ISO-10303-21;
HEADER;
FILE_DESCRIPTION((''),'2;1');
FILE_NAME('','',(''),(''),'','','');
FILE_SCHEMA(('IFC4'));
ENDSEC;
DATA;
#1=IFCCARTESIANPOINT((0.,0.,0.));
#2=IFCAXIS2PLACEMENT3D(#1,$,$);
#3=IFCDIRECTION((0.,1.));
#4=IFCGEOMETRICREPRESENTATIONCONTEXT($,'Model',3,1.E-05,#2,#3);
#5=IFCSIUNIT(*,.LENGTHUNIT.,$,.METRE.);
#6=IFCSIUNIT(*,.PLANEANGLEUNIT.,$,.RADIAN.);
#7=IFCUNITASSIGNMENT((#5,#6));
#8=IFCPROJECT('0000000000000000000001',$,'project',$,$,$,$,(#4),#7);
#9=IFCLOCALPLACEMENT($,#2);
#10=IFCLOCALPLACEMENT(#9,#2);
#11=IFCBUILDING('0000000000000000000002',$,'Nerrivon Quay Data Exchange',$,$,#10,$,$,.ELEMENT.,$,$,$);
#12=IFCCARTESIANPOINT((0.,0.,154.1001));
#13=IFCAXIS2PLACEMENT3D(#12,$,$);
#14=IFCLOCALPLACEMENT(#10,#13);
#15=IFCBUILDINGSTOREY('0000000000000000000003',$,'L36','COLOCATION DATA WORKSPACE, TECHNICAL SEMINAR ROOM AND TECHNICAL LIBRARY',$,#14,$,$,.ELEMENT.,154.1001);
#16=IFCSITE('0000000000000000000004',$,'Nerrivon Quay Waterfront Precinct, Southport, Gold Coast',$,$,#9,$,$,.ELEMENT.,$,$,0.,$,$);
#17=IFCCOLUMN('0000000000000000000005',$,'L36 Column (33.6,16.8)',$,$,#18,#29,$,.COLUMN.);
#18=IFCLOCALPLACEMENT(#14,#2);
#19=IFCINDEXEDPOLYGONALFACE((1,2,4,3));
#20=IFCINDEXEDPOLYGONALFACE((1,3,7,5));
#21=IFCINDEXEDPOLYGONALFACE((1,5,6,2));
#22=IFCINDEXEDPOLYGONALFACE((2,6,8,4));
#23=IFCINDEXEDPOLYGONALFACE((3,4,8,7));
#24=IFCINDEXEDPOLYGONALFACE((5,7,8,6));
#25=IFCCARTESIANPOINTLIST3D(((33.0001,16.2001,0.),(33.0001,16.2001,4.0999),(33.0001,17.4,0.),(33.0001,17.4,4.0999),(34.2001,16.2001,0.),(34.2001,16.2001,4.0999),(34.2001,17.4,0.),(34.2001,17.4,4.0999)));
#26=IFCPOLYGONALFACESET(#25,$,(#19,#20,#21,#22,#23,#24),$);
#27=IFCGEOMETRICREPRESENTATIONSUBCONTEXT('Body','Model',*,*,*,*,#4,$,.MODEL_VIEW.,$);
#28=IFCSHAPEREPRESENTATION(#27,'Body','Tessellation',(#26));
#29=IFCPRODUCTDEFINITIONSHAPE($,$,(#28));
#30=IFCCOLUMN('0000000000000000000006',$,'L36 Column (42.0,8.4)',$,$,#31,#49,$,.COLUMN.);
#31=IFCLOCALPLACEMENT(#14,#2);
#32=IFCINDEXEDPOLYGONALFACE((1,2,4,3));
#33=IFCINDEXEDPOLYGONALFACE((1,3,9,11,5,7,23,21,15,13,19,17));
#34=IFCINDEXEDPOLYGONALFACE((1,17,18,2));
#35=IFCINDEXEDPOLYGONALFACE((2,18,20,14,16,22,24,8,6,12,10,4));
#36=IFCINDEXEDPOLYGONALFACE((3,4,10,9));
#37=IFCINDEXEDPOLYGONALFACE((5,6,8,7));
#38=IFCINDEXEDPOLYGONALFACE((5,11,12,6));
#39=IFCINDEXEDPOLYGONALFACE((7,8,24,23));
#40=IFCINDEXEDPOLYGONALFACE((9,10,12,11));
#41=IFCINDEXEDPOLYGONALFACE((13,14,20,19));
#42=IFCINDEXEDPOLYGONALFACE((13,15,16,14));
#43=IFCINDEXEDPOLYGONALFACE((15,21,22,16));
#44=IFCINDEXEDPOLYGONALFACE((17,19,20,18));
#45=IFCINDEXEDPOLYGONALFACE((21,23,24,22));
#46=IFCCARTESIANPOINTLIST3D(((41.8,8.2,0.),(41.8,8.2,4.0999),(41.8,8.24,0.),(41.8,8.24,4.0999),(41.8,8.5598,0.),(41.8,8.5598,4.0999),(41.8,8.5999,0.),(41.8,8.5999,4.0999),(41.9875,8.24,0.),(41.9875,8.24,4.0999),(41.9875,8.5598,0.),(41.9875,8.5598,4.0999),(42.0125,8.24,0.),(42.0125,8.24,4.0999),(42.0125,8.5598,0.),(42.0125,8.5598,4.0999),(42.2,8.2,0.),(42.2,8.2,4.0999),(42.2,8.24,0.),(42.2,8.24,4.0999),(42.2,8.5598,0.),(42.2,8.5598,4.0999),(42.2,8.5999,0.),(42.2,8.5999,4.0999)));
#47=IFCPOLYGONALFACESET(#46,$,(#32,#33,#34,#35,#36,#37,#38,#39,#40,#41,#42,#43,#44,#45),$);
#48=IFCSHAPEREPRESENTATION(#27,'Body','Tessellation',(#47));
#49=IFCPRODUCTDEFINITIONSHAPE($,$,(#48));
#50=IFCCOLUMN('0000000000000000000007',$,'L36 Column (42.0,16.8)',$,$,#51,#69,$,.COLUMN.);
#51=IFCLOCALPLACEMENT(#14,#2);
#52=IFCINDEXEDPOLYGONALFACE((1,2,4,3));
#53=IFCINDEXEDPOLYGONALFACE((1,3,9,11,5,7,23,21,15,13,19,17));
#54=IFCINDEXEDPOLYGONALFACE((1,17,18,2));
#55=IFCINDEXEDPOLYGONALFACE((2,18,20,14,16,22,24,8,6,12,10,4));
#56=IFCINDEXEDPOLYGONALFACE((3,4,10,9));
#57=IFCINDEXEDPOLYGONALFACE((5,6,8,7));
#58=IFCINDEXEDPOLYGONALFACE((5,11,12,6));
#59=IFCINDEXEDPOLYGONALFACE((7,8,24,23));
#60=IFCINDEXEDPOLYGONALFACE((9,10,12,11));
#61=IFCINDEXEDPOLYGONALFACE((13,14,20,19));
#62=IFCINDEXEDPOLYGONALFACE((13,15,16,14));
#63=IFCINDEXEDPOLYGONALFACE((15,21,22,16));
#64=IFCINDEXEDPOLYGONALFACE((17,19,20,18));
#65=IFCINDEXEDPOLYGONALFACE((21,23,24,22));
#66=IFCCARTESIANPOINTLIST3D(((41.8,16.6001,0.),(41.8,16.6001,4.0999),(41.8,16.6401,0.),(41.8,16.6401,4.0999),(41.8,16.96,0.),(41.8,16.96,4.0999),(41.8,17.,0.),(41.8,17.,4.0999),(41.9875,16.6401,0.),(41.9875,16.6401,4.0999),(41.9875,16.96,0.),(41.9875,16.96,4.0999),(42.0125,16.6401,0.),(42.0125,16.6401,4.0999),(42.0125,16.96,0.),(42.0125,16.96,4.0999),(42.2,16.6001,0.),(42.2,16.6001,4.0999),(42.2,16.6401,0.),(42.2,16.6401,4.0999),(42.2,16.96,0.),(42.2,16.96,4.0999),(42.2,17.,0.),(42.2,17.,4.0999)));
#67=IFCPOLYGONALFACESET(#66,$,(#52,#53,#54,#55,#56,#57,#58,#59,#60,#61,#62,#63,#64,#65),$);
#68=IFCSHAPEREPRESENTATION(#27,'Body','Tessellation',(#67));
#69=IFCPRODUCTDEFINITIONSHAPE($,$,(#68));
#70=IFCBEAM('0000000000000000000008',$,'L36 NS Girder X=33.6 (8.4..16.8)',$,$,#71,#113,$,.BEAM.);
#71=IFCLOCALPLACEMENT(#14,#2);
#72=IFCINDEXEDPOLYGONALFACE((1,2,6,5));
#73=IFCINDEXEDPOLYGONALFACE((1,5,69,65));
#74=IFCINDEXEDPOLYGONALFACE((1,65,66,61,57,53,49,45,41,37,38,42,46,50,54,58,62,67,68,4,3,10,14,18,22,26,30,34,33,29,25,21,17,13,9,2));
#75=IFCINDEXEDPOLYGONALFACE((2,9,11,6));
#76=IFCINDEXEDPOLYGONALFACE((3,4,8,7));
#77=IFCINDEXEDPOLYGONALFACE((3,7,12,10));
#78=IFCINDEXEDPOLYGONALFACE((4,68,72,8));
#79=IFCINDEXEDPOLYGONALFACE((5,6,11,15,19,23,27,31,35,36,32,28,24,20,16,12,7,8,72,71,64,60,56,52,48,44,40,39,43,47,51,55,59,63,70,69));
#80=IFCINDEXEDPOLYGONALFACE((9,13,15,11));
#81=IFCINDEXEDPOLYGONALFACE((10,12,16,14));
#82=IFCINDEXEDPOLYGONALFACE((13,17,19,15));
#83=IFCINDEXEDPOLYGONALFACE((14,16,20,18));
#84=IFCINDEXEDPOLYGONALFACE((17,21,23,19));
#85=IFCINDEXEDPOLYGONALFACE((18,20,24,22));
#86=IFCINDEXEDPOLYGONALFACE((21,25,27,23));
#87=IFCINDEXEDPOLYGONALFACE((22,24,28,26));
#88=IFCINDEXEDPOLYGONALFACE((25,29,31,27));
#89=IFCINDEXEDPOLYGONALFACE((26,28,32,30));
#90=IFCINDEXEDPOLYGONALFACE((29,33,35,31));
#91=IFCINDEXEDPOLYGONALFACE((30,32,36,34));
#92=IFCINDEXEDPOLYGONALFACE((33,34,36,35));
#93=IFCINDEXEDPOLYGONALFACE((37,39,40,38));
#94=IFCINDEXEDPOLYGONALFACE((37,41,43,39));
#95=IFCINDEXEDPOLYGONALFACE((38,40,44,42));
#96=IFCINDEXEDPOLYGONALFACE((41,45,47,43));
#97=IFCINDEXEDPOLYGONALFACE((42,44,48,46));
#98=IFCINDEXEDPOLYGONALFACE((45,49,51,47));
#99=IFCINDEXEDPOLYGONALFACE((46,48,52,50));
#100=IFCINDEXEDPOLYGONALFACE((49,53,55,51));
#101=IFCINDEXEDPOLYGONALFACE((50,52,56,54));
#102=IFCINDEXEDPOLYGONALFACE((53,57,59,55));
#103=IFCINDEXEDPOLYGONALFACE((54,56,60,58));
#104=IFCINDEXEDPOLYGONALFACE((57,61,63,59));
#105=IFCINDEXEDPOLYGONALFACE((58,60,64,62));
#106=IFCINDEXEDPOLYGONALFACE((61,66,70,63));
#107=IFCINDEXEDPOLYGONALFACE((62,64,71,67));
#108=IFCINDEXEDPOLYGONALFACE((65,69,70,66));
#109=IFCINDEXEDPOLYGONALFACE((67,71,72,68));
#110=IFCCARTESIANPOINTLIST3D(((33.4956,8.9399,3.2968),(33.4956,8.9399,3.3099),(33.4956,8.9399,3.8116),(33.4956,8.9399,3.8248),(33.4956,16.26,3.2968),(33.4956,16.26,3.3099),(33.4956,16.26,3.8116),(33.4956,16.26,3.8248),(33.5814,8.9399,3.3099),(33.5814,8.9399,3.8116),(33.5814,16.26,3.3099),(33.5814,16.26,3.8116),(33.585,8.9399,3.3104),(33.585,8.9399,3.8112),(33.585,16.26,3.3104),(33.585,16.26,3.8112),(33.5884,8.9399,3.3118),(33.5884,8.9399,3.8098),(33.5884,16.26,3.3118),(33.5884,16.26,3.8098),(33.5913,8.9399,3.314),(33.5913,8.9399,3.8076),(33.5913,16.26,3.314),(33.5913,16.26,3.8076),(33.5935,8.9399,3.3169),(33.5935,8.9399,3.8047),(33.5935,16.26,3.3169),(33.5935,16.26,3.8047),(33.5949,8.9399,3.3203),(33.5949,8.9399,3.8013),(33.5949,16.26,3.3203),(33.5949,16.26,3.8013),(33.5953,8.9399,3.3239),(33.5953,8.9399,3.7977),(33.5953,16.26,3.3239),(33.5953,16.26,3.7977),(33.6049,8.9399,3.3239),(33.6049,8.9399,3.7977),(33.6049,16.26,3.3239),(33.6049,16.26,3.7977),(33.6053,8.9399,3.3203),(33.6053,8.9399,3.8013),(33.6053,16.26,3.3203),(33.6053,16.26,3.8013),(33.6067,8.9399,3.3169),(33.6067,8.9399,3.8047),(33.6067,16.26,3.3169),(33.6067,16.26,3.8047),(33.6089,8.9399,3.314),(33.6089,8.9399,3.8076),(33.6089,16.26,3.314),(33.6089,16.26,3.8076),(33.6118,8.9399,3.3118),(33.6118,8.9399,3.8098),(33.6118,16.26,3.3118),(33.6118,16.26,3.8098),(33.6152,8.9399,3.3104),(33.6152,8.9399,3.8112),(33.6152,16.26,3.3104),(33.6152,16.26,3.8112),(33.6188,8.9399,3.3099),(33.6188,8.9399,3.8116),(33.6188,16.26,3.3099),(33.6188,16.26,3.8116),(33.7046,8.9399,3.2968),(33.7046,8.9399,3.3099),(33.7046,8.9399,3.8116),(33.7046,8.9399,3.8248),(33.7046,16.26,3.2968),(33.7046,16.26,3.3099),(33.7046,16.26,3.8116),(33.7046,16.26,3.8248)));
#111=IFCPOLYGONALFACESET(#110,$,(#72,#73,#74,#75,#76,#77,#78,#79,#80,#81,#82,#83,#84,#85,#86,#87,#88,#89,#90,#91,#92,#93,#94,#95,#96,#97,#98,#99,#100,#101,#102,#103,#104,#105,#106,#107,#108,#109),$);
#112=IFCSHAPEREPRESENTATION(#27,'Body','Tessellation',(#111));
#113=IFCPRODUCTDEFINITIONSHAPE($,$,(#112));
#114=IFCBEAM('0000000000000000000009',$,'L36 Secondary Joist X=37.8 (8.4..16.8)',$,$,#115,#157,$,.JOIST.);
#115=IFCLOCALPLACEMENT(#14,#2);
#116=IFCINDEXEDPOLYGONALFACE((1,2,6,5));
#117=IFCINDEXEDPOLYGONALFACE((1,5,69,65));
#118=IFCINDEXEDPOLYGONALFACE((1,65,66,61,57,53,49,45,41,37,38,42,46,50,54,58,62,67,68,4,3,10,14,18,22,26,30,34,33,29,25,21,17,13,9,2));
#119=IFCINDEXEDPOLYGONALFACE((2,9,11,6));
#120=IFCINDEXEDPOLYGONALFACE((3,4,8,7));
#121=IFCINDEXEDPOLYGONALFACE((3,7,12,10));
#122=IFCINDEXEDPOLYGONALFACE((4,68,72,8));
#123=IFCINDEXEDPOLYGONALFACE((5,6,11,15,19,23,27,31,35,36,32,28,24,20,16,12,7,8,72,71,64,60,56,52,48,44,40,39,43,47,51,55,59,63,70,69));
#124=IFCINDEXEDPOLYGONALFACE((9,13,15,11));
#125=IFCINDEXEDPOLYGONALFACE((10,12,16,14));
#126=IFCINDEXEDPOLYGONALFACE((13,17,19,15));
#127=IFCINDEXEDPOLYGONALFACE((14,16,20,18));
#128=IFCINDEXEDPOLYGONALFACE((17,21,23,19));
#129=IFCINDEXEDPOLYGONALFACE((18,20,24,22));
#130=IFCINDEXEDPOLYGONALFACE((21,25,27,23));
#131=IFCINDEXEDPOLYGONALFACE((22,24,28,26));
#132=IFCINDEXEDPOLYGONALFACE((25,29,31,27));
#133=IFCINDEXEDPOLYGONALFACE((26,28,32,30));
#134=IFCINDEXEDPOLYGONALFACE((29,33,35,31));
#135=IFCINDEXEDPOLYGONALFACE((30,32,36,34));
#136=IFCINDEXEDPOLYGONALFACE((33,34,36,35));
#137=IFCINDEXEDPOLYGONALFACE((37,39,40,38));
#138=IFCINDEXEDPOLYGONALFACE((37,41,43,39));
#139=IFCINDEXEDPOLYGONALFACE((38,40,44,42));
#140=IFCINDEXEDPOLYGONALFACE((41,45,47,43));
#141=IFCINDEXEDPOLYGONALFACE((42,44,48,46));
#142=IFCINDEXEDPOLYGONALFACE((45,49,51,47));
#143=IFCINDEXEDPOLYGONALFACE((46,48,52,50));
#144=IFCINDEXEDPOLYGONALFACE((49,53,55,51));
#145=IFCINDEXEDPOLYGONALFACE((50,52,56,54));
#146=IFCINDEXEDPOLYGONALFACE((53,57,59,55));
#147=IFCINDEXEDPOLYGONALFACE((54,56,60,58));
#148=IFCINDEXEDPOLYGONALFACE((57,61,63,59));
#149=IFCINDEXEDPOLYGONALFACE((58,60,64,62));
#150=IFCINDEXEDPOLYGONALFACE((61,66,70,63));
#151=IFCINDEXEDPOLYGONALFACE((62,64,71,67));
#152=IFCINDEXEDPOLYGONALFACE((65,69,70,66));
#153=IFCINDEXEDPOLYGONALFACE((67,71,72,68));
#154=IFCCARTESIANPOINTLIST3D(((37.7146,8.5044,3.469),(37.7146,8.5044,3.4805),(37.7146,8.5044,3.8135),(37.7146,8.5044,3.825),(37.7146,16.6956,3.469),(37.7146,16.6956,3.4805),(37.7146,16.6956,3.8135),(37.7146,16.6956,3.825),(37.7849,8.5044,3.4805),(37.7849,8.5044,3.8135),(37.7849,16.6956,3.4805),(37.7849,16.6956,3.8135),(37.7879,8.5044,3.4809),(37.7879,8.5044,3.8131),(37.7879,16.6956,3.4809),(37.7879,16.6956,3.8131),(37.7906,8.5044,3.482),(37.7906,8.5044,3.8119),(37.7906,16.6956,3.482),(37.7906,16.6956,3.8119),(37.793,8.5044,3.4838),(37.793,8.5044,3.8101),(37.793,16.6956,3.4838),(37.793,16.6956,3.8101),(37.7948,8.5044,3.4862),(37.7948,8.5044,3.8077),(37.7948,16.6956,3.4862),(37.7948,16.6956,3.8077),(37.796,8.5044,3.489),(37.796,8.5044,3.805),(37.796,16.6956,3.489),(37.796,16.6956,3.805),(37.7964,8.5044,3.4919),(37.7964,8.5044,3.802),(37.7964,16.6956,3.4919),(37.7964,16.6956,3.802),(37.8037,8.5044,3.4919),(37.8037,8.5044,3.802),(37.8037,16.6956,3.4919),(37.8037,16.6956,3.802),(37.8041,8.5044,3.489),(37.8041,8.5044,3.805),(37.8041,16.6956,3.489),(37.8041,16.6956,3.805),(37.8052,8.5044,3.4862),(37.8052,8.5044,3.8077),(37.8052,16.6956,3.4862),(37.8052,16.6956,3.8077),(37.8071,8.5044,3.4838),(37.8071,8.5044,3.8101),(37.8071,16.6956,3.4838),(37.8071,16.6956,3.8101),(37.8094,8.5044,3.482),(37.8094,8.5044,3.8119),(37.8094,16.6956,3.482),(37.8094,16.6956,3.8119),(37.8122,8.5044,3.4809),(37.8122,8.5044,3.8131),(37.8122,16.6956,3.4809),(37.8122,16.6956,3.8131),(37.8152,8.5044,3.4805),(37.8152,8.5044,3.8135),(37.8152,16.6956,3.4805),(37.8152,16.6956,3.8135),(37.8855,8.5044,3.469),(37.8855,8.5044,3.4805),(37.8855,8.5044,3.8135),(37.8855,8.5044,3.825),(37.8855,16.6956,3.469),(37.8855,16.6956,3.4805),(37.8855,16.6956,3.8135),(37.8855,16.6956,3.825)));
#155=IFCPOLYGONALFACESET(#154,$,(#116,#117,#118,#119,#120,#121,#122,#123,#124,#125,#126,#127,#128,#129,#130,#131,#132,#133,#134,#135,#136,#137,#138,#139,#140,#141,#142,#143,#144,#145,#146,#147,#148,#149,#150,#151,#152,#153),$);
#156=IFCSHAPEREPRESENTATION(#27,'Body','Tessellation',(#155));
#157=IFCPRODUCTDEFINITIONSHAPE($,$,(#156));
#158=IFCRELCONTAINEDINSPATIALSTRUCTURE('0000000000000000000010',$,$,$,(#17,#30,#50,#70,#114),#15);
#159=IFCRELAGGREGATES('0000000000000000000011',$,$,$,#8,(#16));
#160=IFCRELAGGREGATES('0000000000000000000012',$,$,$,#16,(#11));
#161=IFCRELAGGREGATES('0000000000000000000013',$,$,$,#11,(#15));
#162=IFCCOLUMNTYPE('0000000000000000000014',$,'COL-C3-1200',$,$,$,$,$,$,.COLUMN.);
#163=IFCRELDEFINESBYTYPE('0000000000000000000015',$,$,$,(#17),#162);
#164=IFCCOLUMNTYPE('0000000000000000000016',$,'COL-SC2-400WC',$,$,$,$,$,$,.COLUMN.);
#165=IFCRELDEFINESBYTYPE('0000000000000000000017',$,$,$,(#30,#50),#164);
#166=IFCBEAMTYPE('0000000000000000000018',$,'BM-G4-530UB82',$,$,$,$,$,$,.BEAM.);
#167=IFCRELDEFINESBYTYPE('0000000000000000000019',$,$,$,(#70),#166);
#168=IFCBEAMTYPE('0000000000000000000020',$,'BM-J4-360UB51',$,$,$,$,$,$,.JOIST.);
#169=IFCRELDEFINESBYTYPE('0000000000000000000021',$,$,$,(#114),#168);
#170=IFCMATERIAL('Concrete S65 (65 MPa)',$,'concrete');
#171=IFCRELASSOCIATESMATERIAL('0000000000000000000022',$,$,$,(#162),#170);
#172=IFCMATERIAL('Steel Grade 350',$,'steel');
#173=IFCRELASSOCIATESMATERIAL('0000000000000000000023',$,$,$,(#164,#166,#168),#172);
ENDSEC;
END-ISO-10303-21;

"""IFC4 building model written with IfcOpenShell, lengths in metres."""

from ifc_helpers import new_model, si_unit, direction, frame, origin, origin_2d, place, context, subcontext, project, spatial, rectangle, i_section, extrude, material, material_profile, profile_set, type_object, element, save


model = new_model("IFC4")

# Units and contexts
model_context = context("Model", 3, precision=1e-05, world=origin(), true_north=direction((0.0, 1.0)))
body_context = subcontext(model_context, "Body", "Model", "MODEL_VIEW")
ifc_project = project(units=[si_unit("LENGTHUNIT", "METRE"), si_unit("PLANEANGLEUNIT", "RADIAN")], contexts=[model_context])

# Site, building, storey
site_placement = place(None, origin())
site = spatial("IfcSite", under=ifc_project, at=site_placement, Name="Nerrivon Quay Waterfront Precinct, Southport, Gold Coast", CompositionType="ELEMENT", RefElevation=0.0)
building_placement = place(site_placement, origin())
building = spatial("IfcBuilding", under=site, at=building_placement, Name="Nerrivon Quay Data Exchange", CompositionType="ELEMENT")
storey_placement = place(building_placement, frame((0.0, 0.0, 154.1001)))
storey = spatial("IfcBuildingStorey", under=building, at=storey_placement, Name="L36", Description="COLOCATION DATA WORKSPACE, TECHNICAL SEMINAR ROOM AND TECHNICAL LIBRARY", CompositionType="ELEMENT", Elevation=154.1001)

# Columns
ifc_material_1 = material(Name="Concrete S65 (65 MPa)", Category="concrete")
ifc_material_profile_1 = material_profile(ifc_material_1, rectangle(XDim=1.2, YDim=1.2, at=origin_2d()), Name="RC-COL-1200x1200")
ifc_profile_set_1 = profile_set([ifc_material_profile_1], Name="Concrete S65 (65 MPa)")
column_type_1 = type_object("IfcColumnType", Name="COL-C3-1200", PredefinedType="COLUMN", material=ifc_profile_set_1)
column_placement = place(storey_placement, frame((33.6001, 16.8, 0.0), z_axis=(0.0, 0.0, 1.0), x_axis=(1.0, 0.0, 0.0)))
element("IfcColumn", 1, at=column_placement, inside=storey, type_object=column_type_1, Name="L36 Column (33.6,16.8)", PredefinedType="COLUMN", context=body_context, shape_type="SweptSolid", body=[
    extrude(rectangle(XDim=1.2, YDim=1.2, at=origin_2d()), origin(), (0.0, 0.0, 1.0), 4.0999),
])
ifc_material_2 = material(Name="Steel Grade 350", Category="steel")
ifc_material_profile_2 = material_profile(ifc_material_2, i_section(OverallWidth=0.3999, OverallDepth=0.3999, WebThickness=0.0249, FlangeThickness=0.04, at=origin_2d()), Name="400WC328")
ifc_profile_set_2 = profile_set([ifc_material_profile_2], Name="Steel Grade 350")
column_type_2 = type_object("IfcColumnType", Name="COL-SC2-400WC", PredefinedType="COLUMN", material=ifc_profile_set_2)
for number, where, z_axis, x_axis, name in (
    (2, (42.0, 8.3999, 0.0), (0.0, 0.0, 1.0), (1.0, 0.0, 0.0), "L36 Column (42.0,8.4)"),
    (3, (42.0, 16.8, 0.0), (0.0, 0.0, 1.0), (1.0, 0.0, 0.0), "L36 Column (42.0,16.8)"),
):
    element("IfcColumn", number, at=place(storey_placement, frame(where, z_axis=z_axis, x_axis=x_axis)), inside=storey, type_object=column_type_2, Name=name, PredefinedType="COLUMN", context=body_context, shape_type="SweptSolid", body=[
        extrude(i_section(OverallWidth=0.3999, OverallDepth=0.3999, WebThickness=0.0249, FlangeThickness=0.04, at=origin_2d()), origin(), (0.0, 0.0, 1.0), 4.0999),
    ])

# Beams
ifc_material_profile_3 = material_profile(ifc_material_2, i_section(OverallWidth=0.209, OverallDepth=0.5281, WebThickness=0.0095, FlangeThickness=0.0132, FilletRadius=0.0139, at=origin_2d()), Name="530UB82.0")
ifc_profile_set_3 = profile_set([ifc_material_profile_3], Name="Steel Grade 350")
beam_type_1 = type_object("IfcBeamType", Name="BM-G4-530UB82", PredefinedType="BEAM", material=ifc_profile_set_3)
beam_1_placement = place(storey_placement, frame((33.6001, 8.9399, 3.5608), z_axis=(0.0, 1.0, 0.0), x_axis=(-1.0, 0.0, 0.0)))
element("IfcBeam", 4, at=beam_1_placement, inside=storey, type_object=beam_type_1, Name="L36 NS Girder X=33.6 (8.4..16.8)", PredefinedType="BEAM", context=body_context, shape_type="SweptSolid", body=[
    extrude(i_section(OverallWidth=0.209, OverallDepth=0.5281, WebThickness=0.0095, FlangeThickness=0.0132, FilletRadius=0.0139, at=origin_2d()), origin(), (0.0, 0.0, 1.0), 7.3201),
])
ifc_material_profile_4 = material_profile(ifc_material_2, i_section(OverallWidth=0.1709, OverallDepth=0.356, WebThickness=0.0073, FlangeThickness=0.0115, FilletRadius=0.0115, at=origin_2d()), Name="360UB50.7")
ifc_profile_set_4 = profile_set([ifc_material_profile_4], Name="Steel Grade 350")
beam_type_2 = type_object("IfcBeamType", Name="BM-J4-360UB51", PredefinedType="JOIST", material=ifc_profile_set_4)
beam_2_placement = place(storey_placement, frame((37.8, 8.5044, 3.647), z_axis=(0.0, 1.0, 0.0), x_axis=(-1.0, 0.0, 0.0)))
element("IfcBeam", 5, at=beam_2_placement, inside=storey, type_object=beam_type_2, Name="L36 Secondary Joist X=37.8 (8.4..16.8)", PredefinedType="JOIST", context=body_context, shape_type="SweptSolid", body=[
    extrude(i_section(OverallWidth=0.1709, OverallDepth=0.356, WebThickness=0.0073, FlangeThickness=0.0115, FilletRadius=0.0115, at=origin_2d()), origin(), (0.0, 0.0, 1.0), 8.1912),
])

save(model, "model.ifc")
